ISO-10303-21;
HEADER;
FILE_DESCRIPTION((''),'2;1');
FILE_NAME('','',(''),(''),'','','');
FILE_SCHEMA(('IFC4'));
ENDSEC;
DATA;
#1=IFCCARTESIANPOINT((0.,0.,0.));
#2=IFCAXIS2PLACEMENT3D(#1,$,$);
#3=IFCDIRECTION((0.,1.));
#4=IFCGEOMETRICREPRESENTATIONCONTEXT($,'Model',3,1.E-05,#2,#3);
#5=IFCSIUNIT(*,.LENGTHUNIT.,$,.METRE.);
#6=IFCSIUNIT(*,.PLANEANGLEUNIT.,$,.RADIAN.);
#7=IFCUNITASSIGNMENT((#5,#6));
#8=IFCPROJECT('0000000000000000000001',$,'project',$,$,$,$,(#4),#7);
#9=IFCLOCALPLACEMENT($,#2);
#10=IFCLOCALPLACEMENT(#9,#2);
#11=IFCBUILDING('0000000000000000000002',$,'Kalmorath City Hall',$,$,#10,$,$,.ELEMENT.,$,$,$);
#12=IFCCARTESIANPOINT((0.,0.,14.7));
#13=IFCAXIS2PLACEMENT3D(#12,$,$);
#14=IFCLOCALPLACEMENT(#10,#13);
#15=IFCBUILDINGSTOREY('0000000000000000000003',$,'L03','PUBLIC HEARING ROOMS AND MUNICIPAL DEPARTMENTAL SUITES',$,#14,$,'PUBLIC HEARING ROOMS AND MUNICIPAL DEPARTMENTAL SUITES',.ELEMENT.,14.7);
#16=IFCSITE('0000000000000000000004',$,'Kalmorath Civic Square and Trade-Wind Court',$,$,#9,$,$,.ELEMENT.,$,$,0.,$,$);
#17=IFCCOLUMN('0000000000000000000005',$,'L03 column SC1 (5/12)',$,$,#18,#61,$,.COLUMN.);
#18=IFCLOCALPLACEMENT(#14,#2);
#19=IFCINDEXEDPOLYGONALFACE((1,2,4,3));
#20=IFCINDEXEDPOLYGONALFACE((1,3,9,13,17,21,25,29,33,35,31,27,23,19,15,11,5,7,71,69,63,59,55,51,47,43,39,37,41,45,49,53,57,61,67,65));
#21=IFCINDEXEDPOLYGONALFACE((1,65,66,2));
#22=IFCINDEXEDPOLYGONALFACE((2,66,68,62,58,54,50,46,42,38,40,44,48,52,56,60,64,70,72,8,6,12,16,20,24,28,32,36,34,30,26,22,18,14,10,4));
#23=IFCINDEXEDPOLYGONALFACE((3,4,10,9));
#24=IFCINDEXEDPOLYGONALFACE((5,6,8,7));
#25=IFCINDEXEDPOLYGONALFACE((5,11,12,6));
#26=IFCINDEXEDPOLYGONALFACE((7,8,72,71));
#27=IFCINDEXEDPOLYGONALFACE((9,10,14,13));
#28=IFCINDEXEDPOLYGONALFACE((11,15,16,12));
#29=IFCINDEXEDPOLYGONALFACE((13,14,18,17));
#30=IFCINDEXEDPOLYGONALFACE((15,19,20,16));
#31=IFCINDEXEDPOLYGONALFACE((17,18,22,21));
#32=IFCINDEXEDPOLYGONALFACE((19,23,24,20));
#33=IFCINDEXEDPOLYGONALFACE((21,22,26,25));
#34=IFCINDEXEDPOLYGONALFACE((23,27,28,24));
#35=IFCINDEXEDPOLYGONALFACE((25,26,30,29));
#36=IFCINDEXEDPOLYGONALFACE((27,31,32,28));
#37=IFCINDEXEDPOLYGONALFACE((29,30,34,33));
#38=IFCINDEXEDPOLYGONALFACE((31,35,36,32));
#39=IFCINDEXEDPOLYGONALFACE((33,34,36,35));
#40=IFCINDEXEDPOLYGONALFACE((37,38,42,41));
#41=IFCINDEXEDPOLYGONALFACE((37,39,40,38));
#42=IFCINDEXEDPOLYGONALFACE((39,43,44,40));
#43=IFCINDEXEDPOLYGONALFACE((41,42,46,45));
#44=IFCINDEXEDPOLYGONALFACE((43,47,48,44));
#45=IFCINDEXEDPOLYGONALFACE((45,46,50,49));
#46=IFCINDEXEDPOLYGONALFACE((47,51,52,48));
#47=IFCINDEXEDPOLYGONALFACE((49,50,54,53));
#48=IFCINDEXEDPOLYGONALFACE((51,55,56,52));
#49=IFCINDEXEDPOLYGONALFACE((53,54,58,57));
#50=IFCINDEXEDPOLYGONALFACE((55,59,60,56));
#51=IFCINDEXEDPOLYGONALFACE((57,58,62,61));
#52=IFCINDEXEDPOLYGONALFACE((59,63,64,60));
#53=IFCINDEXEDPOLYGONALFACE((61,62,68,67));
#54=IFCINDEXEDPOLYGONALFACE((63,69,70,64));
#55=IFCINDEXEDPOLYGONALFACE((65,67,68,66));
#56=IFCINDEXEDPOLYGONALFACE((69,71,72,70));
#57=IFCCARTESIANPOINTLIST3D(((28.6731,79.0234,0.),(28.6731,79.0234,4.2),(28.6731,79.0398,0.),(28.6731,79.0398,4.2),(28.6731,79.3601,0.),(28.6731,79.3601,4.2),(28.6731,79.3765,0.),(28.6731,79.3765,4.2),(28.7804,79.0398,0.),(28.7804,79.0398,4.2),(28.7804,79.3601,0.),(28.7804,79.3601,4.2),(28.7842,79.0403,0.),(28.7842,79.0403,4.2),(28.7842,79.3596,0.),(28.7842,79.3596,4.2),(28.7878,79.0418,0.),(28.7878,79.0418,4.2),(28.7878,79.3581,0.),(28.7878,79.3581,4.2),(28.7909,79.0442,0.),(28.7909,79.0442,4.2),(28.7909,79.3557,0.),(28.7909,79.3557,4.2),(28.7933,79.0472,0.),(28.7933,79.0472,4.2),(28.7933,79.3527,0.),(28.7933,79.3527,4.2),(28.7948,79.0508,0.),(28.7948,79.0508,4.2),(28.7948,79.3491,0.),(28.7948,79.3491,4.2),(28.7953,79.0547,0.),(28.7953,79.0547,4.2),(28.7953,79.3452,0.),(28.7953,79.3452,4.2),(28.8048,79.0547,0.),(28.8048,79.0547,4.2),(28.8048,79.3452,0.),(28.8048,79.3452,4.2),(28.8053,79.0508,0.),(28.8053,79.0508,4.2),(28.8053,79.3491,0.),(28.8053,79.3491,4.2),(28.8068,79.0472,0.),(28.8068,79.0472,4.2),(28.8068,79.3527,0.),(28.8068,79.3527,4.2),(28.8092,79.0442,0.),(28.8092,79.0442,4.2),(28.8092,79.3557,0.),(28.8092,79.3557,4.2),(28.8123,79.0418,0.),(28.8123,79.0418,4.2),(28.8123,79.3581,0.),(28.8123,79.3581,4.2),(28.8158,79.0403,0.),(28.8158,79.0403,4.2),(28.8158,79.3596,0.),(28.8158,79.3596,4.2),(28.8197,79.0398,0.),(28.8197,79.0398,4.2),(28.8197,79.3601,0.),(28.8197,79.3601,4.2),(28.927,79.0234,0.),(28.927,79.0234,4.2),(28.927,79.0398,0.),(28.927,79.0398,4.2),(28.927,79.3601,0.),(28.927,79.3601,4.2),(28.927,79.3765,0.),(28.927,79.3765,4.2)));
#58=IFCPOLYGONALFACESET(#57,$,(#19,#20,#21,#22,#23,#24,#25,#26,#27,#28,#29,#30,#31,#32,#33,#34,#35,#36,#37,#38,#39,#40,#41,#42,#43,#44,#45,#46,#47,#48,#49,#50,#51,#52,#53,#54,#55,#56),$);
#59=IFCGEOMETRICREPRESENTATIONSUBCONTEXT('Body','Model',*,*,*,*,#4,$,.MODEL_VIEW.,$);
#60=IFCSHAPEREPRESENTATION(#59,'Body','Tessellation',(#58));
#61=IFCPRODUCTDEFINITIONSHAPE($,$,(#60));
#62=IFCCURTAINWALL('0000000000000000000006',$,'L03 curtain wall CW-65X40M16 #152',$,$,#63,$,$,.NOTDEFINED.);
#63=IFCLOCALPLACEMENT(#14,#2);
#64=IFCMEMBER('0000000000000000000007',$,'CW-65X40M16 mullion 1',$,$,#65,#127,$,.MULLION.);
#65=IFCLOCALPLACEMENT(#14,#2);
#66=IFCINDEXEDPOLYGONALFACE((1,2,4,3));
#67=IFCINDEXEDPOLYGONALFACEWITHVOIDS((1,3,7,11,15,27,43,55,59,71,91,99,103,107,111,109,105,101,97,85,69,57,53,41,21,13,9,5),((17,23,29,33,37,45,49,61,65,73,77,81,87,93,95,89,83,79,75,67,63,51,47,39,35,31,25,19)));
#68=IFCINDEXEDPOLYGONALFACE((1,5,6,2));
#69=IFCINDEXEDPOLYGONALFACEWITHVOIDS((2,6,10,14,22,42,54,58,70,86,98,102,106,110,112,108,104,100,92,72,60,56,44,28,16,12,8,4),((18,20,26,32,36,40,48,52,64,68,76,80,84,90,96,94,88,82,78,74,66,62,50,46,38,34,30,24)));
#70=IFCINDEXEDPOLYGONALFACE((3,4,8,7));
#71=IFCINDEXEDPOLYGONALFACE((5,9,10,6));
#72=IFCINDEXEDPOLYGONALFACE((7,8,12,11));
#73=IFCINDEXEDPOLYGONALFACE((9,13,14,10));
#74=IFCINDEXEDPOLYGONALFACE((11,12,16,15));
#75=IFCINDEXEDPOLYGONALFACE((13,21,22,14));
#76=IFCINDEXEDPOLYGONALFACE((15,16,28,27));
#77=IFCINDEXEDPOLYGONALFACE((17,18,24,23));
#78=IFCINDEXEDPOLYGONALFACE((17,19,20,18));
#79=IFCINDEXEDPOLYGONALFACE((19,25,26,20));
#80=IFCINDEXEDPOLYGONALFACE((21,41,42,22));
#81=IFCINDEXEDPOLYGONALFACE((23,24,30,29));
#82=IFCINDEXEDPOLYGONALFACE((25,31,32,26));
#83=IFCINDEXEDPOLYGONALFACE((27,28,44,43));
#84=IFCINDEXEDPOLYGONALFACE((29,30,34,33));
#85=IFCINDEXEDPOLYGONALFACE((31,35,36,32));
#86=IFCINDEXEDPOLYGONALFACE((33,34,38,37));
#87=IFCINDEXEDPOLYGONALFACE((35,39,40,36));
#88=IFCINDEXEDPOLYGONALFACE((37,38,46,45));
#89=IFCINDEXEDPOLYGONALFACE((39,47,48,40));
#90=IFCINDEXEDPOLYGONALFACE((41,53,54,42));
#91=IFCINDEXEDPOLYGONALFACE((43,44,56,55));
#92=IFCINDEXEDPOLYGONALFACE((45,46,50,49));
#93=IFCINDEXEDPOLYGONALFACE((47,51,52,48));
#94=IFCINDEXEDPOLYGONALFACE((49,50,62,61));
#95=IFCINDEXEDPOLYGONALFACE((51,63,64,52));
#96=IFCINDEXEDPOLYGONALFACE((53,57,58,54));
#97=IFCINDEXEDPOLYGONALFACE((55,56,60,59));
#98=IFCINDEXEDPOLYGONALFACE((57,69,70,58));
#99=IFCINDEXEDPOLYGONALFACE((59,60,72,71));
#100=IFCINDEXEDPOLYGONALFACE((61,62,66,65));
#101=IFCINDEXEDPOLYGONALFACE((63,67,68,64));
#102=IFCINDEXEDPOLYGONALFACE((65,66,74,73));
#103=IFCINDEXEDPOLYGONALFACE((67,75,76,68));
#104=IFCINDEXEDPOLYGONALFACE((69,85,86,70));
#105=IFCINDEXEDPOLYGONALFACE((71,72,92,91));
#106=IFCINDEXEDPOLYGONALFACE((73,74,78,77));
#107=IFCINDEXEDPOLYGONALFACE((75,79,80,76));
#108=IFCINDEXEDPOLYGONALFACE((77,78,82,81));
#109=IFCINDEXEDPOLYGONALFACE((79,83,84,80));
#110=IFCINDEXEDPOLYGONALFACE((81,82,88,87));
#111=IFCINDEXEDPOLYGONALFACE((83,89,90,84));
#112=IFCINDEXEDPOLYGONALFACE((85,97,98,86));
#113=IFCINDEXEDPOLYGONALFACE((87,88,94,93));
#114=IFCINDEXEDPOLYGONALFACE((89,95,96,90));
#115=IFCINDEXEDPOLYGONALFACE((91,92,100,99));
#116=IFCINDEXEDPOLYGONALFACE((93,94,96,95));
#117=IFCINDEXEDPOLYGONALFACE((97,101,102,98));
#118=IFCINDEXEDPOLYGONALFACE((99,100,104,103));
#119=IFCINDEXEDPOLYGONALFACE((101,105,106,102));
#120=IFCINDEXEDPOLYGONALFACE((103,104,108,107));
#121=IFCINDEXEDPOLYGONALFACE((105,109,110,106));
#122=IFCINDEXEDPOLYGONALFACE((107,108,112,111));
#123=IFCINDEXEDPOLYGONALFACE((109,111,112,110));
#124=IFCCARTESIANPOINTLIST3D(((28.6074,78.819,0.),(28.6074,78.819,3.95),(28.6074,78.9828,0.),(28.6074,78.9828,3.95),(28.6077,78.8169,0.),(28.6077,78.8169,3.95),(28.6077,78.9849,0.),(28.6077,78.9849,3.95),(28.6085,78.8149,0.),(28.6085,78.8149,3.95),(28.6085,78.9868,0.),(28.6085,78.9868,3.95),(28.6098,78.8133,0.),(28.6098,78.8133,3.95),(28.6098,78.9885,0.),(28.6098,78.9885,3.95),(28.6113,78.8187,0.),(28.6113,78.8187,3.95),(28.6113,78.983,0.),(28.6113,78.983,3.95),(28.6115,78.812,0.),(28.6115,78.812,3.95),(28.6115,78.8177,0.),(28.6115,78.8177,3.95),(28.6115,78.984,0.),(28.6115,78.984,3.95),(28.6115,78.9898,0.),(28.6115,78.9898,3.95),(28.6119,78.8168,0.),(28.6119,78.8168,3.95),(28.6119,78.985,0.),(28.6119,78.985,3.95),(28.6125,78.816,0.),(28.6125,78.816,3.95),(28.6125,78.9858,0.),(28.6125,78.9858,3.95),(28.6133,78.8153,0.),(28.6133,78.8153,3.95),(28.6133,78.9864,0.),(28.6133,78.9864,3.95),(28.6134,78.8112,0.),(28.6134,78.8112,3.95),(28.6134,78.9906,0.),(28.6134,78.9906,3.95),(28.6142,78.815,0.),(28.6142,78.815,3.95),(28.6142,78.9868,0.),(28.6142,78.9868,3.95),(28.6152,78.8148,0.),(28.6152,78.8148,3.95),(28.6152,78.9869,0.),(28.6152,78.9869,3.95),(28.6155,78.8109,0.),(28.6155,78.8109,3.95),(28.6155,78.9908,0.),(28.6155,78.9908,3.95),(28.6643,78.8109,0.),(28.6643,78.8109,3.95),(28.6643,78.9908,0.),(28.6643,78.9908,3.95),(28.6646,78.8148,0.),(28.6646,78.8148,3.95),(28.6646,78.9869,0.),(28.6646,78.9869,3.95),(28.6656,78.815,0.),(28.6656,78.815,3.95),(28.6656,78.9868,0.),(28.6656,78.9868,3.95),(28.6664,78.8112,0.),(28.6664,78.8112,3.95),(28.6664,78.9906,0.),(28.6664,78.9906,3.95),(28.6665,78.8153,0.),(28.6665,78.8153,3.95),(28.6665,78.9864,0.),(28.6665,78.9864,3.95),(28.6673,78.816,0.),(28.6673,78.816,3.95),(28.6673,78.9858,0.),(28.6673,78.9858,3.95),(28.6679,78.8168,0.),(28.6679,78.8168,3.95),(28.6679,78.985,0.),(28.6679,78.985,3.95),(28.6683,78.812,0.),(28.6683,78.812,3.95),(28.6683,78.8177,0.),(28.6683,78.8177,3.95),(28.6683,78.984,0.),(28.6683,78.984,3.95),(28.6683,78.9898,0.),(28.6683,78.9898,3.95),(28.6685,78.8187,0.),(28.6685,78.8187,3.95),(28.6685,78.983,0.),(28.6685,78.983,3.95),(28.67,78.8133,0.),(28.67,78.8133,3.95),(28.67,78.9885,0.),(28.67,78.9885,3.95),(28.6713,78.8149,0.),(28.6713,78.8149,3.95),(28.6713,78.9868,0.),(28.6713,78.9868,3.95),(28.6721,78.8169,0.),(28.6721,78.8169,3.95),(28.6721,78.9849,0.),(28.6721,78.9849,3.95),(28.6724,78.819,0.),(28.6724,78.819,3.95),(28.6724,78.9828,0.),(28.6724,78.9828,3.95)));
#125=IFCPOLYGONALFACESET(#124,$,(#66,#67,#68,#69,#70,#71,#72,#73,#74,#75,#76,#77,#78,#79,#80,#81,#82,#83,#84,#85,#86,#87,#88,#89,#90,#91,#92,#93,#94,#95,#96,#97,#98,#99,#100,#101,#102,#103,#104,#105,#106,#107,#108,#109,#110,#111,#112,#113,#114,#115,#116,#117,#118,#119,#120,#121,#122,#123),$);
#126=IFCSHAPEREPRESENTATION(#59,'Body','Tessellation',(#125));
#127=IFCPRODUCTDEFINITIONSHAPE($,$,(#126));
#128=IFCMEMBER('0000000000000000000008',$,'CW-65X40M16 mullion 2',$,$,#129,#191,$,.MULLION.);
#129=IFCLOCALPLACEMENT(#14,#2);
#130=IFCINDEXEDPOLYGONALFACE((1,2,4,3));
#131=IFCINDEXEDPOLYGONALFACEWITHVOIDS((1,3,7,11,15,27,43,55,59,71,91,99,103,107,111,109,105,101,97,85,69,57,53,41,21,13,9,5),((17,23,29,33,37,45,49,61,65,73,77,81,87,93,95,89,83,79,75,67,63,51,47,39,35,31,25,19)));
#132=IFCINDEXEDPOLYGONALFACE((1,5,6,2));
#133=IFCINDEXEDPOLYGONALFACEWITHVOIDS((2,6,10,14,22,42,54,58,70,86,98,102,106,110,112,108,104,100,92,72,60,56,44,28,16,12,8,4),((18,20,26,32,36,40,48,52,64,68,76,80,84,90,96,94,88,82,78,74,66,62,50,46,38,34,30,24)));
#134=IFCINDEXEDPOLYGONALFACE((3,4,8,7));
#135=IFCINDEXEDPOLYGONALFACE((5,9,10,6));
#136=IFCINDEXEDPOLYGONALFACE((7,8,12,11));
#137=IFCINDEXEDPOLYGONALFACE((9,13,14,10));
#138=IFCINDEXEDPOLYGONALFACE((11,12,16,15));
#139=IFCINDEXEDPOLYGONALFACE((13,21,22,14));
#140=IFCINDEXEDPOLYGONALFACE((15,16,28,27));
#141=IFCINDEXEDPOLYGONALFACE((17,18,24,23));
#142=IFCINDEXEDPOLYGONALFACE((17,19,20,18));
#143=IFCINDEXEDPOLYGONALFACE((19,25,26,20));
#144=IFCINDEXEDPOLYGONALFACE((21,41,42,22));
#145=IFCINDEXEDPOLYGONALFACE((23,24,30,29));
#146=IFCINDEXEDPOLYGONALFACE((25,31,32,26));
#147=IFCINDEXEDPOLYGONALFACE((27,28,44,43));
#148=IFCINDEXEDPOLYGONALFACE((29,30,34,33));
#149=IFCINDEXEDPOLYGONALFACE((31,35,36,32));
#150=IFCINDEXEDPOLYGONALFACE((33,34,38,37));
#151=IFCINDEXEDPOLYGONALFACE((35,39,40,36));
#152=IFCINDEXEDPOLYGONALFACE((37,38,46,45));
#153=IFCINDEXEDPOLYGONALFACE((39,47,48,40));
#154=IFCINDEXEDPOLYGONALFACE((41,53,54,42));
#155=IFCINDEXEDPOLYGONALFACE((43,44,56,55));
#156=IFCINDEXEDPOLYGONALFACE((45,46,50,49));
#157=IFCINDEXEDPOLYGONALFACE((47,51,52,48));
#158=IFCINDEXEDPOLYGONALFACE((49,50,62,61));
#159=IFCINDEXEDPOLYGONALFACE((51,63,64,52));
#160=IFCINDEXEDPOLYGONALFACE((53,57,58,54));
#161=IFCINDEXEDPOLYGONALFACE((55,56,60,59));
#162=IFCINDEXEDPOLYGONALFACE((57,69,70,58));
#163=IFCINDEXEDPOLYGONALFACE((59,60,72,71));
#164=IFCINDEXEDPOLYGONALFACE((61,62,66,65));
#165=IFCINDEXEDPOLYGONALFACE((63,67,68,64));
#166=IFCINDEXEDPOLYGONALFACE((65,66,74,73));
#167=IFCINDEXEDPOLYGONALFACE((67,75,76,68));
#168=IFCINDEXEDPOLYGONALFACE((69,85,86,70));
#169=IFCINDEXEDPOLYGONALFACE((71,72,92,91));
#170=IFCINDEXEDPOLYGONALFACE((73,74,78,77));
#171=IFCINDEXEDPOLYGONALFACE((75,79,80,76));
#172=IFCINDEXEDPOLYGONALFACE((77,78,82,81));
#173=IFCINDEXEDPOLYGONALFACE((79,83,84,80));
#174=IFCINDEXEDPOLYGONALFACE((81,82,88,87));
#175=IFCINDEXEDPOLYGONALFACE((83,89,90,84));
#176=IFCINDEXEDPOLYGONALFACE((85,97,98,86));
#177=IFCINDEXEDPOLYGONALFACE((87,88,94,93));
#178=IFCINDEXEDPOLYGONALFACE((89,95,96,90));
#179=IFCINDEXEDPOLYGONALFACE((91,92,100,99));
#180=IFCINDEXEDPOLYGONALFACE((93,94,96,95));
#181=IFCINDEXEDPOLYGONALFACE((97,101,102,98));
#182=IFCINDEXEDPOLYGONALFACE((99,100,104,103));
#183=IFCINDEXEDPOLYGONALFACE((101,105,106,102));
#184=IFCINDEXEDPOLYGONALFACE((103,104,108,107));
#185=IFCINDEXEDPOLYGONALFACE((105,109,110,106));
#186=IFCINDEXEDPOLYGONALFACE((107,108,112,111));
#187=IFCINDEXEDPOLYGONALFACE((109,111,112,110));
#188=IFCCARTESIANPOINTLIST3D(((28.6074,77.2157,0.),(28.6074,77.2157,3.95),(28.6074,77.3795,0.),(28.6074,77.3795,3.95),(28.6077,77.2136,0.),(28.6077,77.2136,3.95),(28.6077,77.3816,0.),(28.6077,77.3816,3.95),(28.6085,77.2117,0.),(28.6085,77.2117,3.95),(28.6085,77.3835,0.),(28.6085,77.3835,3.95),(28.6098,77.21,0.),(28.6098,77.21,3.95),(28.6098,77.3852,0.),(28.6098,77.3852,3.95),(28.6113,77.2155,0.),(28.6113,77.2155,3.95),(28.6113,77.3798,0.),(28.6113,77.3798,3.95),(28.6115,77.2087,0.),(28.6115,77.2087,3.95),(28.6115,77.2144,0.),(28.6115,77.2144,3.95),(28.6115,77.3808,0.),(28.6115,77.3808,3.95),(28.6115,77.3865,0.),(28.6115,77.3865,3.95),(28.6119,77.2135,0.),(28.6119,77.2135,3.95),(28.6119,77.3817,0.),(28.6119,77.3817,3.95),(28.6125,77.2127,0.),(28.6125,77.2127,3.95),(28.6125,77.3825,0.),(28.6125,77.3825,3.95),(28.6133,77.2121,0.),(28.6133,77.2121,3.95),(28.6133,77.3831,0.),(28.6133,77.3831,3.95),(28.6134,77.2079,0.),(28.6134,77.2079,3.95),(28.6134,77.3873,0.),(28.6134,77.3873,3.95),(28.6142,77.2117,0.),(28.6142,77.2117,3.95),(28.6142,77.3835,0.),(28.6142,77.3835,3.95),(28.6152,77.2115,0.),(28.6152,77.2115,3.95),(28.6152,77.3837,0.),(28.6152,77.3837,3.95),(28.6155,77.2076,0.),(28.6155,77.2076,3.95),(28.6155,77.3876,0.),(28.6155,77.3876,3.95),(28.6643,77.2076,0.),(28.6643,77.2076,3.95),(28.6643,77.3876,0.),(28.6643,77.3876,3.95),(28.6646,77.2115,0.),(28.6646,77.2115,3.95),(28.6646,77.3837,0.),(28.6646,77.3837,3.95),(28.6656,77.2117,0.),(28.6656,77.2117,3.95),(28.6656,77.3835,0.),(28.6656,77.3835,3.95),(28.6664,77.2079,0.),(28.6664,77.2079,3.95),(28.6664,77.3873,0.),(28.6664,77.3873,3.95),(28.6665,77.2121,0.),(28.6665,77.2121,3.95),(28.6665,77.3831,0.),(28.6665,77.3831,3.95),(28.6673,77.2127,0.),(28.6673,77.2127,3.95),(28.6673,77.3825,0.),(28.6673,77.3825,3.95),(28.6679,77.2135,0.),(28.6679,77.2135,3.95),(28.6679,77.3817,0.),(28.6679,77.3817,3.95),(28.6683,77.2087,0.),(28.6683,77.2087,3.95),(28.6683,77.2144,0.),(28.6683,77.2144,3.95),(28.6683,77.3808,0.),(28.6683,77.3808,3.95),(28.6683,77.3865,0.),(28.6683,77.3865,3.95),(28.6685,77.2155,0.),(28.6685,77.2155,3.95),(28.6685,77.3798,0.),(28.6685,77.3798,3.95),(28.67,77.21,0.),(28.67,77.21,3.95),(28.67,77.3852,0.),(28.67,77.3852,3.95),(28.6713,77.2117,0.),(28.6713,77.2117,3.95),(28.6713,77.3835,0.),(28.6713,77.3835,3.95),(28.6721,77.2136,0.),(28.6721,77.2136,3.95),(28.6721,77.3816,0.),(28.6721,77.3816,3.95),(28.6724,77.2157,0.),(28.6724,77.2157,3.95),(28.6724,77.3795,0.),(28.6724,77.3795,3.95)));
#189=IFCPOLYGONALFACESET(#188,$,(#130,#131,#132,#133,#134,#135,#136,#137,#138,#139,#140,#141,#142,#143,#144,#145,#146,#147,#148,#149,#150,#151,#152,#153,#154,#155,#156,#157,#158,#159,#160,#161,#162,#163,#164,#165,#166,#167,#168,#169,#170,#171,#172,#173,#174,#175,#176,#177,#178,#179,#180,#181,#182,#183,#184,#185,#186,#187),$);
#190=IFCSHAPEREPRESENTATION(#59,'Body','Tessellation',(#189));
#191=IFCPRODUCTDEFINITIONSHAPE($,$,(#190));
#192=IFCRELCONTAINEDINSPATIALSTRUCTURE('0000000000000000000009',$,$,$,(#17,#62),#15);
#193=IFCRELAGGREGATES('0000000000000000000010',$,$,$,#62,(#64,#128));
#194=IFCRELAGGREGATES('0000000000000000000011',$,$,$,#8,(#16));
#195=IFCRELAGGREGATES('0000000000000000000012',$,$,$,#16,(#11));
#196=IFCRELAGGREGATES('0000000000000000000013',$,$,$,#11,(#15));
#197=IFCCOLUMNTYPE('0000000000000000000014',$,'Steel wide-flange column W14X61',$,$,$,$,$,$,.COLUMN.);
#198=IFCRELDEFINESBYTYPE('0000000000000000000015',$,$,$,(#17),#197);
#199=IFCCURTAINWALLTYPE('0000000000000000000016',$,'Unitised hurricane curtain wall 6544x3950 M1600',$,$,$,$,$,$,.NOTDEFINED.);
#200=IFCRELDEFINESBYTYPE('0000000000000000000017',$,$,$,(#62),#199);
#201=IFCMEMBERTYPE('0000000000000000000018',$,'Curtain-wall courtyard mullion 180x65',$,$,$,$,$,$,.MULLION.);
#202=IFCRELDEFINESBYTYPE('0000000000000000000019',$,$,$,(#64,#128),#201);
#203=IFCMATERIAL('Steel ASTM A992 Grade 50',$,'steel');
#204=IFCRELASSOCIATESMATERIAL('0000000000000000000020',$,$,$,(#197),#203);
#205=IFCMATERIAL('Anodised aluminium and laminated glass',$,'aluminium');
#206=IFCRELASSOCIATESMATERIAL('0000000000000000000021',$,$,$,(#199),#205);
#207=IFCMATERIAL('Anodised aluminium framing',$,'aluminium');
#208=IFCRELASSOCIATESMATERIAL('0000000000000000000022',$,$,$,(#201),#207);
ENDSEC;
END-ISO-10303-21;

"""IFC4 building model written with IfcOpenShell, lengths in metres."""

from ifc_helpers import new_model, si_unit, direction, frame, origin, origin_2d, place, context, subcontext, project, spatial, hollow_rectangle, i_section, extrude, material, material_profile, profile_set, type_object, element, aggregate, save


model = new_model("IFC4")

# Units and contexts
model_context = context("Model", 3, precision=1e-05, world=origin(), true_north=direction((0.0, 1.0)))
body_context = subcontext(model_context, "Body", "Model", "MODEL_VIEW")
ifc_project = project(units=[si_unit("LENGTHUNIT", "METRE"), si_unit("PLANEANGLEUNIT", "RADIAN")], contexts=[model_context])

# Site, building, storey
site_placement = place(None, origin())
site = spatial("IfcSite", under=ifc_project, at=site_placement, Name="Kalmorath Civic Square and Trade-Wind Court", CompositionType="ELEMENT", RefElevation=0.0)
building_placement = place(site_placement, origin())
building = spatial("IfcBuilding", under=site, at=building_placement, Name="Kalmorath City Hall", CompositionType="ELEMENT")
storey_placement = place(building_placement, frame((0.0, 0.0, 14.7)))
storey = spatial("IfcBuildingStorey", under=building, at=storey_placement, Name="L03", Description="PUBLIC HEARING ROOMS AND MUNICIPAL DEPARTMENTAL SUITES", LongName="PUBLIC HEARING ROOMS AND MUNICIPAL DEPARTMENTAL SUITES", CompositionType="ELEMENT", Elevation=14.7)

# Column
ifc_material_1 = material(Name="Steel ASTM A992 Grade 50", Category="steel")
ifc_material_profile_1 = material_profile(ifc_material_1, i_section(OverallWidth=0.2539, OverallDepth=0.353, WebThickness=0.0095, FlangeThickness=0.0164, FilletRadius=0.0149, at=origin_2d()), Name="W14X61")
ifc_profile_set_1 = profile_set([ifc_material_profile_1], Name="Steel ASTM A992 Grade 50")
column_type = type_object("IfcColumnType", Name="Steel wide-flange column W14X61", PredefinedType="COLUMN", material=ifc_profile_set_1)
column_placement = place(storey_placement, frame((28.8, 79.2, 0.0), z_axis=(0.0, 0.0, 1.0), x_axis=(1.0, 0.0, 0.0)))
element("IfcColumn", 1, at=column_placement, inside=storey, type_object=column_type, Name="L03 column SC1 (5/12)", PredefinedType="COLUMN", context=body_context, shape_type="SweptSolid", body=[
    extrude(i_section(OverallWidth=0.2539, OverallDepth=0.353, WebThickness=0.0095, FlangeThickness=0.0164, FilletRadius=0.0149, at=origin_2d()), origin(), (0.0, 0.0, 1.0), 4.2),
])

# Curtain wall, members
ifc_material_2 = material(Name="Anodised aluminium and laminated glass", Category="aluminium")
curtain_wall_type = type_object("IfcCurtainWallType", Name="Unitised hurricane curtain wall 6544x3950 M1600", PredefinedType="NOTDEFINED", material=ifc_material_2)
curtain_wall_placement = place(storey_placement, origin())
curtain_wall = element("IfcCurtainWall", 2, at=curtain_wall_placement, inside=storey, type_object=curtain_wall_type, Name="L03 curtain wall CW-65X40M16 #152", PredefinedType="NOTDEFINED")
ifc_material_3 = material(Name="Anodised aluminium framing", Category="aluminium")
ifc_material_profile_2 = material_profile(ifc_material_3, hollow_rectangle(XDim=0.0649, YDim=0.1799, WallThickness=0.0039, InnerFilletRadius=0.0039, OuterFilletRadius=0.0081, at=origin_2d()), Name="ALU-MUL-180X65X4")
ifc_profile_set_2 = profile_set([ifc_material_profile_2], Name="Anodised aluminium framing")
member_type_1 = type_object("IfcMemberType", Name="Curtain-wall courtyard mullion 180x65", PredefinedType="MULLION", material=ifc_profile_set_2)
member_1_placement = place(storey_placement, frame((28.6399, 78.9009, 0.0), z_axis=(0.0, 0.0, 1.0), x_axis=(1.0, 0.0, 0.0)))
member_1 = element("IfcMember", 3, at=member_1_placement, type_object=member_type_1, Name="CW-65X40M16 mullion 1", PredefinedType="MULLION", context=body_context, shape_type="SweptSolid", body=[
    extrude(hollow_rectangle(XDim=0.0649, YDim=0.1799, WallThickness=0.0039, InnerFilletRadius=0.0039, OuterFilletRadius=0.0081, at=origin_2d()), origin(), (0.0, 0.0, 1.0), 3.95),
])
member_2_placement = place(storey_placement, frame((28.6399, 77.2976, 0.0), z_axis=(0.0, 0.0, 1.0), x_axis=(1.0, 0.0, 0.0)))
member_2 = element("IfcMember", 4, at=member_2_placement, type_object=member_type_1, Name="CW-65X40M16 mullion 2", PredefinedType="MULLION", context=body_context, shape_type="SweptSolid", body=[
    extrude(hollow_rectangle(XDim=0.0649, YDim=0.1799, WallThickness=0.0039, InnerFilletRadius=0.0039, OuterFilletRadius=0.0081, at=origin_2d()), origin(), (0.0, 0.0, 1.0), 3.95),
])

aggregate(curtain_wall, [member_1, member_2])

save(model, "model.ifc")
